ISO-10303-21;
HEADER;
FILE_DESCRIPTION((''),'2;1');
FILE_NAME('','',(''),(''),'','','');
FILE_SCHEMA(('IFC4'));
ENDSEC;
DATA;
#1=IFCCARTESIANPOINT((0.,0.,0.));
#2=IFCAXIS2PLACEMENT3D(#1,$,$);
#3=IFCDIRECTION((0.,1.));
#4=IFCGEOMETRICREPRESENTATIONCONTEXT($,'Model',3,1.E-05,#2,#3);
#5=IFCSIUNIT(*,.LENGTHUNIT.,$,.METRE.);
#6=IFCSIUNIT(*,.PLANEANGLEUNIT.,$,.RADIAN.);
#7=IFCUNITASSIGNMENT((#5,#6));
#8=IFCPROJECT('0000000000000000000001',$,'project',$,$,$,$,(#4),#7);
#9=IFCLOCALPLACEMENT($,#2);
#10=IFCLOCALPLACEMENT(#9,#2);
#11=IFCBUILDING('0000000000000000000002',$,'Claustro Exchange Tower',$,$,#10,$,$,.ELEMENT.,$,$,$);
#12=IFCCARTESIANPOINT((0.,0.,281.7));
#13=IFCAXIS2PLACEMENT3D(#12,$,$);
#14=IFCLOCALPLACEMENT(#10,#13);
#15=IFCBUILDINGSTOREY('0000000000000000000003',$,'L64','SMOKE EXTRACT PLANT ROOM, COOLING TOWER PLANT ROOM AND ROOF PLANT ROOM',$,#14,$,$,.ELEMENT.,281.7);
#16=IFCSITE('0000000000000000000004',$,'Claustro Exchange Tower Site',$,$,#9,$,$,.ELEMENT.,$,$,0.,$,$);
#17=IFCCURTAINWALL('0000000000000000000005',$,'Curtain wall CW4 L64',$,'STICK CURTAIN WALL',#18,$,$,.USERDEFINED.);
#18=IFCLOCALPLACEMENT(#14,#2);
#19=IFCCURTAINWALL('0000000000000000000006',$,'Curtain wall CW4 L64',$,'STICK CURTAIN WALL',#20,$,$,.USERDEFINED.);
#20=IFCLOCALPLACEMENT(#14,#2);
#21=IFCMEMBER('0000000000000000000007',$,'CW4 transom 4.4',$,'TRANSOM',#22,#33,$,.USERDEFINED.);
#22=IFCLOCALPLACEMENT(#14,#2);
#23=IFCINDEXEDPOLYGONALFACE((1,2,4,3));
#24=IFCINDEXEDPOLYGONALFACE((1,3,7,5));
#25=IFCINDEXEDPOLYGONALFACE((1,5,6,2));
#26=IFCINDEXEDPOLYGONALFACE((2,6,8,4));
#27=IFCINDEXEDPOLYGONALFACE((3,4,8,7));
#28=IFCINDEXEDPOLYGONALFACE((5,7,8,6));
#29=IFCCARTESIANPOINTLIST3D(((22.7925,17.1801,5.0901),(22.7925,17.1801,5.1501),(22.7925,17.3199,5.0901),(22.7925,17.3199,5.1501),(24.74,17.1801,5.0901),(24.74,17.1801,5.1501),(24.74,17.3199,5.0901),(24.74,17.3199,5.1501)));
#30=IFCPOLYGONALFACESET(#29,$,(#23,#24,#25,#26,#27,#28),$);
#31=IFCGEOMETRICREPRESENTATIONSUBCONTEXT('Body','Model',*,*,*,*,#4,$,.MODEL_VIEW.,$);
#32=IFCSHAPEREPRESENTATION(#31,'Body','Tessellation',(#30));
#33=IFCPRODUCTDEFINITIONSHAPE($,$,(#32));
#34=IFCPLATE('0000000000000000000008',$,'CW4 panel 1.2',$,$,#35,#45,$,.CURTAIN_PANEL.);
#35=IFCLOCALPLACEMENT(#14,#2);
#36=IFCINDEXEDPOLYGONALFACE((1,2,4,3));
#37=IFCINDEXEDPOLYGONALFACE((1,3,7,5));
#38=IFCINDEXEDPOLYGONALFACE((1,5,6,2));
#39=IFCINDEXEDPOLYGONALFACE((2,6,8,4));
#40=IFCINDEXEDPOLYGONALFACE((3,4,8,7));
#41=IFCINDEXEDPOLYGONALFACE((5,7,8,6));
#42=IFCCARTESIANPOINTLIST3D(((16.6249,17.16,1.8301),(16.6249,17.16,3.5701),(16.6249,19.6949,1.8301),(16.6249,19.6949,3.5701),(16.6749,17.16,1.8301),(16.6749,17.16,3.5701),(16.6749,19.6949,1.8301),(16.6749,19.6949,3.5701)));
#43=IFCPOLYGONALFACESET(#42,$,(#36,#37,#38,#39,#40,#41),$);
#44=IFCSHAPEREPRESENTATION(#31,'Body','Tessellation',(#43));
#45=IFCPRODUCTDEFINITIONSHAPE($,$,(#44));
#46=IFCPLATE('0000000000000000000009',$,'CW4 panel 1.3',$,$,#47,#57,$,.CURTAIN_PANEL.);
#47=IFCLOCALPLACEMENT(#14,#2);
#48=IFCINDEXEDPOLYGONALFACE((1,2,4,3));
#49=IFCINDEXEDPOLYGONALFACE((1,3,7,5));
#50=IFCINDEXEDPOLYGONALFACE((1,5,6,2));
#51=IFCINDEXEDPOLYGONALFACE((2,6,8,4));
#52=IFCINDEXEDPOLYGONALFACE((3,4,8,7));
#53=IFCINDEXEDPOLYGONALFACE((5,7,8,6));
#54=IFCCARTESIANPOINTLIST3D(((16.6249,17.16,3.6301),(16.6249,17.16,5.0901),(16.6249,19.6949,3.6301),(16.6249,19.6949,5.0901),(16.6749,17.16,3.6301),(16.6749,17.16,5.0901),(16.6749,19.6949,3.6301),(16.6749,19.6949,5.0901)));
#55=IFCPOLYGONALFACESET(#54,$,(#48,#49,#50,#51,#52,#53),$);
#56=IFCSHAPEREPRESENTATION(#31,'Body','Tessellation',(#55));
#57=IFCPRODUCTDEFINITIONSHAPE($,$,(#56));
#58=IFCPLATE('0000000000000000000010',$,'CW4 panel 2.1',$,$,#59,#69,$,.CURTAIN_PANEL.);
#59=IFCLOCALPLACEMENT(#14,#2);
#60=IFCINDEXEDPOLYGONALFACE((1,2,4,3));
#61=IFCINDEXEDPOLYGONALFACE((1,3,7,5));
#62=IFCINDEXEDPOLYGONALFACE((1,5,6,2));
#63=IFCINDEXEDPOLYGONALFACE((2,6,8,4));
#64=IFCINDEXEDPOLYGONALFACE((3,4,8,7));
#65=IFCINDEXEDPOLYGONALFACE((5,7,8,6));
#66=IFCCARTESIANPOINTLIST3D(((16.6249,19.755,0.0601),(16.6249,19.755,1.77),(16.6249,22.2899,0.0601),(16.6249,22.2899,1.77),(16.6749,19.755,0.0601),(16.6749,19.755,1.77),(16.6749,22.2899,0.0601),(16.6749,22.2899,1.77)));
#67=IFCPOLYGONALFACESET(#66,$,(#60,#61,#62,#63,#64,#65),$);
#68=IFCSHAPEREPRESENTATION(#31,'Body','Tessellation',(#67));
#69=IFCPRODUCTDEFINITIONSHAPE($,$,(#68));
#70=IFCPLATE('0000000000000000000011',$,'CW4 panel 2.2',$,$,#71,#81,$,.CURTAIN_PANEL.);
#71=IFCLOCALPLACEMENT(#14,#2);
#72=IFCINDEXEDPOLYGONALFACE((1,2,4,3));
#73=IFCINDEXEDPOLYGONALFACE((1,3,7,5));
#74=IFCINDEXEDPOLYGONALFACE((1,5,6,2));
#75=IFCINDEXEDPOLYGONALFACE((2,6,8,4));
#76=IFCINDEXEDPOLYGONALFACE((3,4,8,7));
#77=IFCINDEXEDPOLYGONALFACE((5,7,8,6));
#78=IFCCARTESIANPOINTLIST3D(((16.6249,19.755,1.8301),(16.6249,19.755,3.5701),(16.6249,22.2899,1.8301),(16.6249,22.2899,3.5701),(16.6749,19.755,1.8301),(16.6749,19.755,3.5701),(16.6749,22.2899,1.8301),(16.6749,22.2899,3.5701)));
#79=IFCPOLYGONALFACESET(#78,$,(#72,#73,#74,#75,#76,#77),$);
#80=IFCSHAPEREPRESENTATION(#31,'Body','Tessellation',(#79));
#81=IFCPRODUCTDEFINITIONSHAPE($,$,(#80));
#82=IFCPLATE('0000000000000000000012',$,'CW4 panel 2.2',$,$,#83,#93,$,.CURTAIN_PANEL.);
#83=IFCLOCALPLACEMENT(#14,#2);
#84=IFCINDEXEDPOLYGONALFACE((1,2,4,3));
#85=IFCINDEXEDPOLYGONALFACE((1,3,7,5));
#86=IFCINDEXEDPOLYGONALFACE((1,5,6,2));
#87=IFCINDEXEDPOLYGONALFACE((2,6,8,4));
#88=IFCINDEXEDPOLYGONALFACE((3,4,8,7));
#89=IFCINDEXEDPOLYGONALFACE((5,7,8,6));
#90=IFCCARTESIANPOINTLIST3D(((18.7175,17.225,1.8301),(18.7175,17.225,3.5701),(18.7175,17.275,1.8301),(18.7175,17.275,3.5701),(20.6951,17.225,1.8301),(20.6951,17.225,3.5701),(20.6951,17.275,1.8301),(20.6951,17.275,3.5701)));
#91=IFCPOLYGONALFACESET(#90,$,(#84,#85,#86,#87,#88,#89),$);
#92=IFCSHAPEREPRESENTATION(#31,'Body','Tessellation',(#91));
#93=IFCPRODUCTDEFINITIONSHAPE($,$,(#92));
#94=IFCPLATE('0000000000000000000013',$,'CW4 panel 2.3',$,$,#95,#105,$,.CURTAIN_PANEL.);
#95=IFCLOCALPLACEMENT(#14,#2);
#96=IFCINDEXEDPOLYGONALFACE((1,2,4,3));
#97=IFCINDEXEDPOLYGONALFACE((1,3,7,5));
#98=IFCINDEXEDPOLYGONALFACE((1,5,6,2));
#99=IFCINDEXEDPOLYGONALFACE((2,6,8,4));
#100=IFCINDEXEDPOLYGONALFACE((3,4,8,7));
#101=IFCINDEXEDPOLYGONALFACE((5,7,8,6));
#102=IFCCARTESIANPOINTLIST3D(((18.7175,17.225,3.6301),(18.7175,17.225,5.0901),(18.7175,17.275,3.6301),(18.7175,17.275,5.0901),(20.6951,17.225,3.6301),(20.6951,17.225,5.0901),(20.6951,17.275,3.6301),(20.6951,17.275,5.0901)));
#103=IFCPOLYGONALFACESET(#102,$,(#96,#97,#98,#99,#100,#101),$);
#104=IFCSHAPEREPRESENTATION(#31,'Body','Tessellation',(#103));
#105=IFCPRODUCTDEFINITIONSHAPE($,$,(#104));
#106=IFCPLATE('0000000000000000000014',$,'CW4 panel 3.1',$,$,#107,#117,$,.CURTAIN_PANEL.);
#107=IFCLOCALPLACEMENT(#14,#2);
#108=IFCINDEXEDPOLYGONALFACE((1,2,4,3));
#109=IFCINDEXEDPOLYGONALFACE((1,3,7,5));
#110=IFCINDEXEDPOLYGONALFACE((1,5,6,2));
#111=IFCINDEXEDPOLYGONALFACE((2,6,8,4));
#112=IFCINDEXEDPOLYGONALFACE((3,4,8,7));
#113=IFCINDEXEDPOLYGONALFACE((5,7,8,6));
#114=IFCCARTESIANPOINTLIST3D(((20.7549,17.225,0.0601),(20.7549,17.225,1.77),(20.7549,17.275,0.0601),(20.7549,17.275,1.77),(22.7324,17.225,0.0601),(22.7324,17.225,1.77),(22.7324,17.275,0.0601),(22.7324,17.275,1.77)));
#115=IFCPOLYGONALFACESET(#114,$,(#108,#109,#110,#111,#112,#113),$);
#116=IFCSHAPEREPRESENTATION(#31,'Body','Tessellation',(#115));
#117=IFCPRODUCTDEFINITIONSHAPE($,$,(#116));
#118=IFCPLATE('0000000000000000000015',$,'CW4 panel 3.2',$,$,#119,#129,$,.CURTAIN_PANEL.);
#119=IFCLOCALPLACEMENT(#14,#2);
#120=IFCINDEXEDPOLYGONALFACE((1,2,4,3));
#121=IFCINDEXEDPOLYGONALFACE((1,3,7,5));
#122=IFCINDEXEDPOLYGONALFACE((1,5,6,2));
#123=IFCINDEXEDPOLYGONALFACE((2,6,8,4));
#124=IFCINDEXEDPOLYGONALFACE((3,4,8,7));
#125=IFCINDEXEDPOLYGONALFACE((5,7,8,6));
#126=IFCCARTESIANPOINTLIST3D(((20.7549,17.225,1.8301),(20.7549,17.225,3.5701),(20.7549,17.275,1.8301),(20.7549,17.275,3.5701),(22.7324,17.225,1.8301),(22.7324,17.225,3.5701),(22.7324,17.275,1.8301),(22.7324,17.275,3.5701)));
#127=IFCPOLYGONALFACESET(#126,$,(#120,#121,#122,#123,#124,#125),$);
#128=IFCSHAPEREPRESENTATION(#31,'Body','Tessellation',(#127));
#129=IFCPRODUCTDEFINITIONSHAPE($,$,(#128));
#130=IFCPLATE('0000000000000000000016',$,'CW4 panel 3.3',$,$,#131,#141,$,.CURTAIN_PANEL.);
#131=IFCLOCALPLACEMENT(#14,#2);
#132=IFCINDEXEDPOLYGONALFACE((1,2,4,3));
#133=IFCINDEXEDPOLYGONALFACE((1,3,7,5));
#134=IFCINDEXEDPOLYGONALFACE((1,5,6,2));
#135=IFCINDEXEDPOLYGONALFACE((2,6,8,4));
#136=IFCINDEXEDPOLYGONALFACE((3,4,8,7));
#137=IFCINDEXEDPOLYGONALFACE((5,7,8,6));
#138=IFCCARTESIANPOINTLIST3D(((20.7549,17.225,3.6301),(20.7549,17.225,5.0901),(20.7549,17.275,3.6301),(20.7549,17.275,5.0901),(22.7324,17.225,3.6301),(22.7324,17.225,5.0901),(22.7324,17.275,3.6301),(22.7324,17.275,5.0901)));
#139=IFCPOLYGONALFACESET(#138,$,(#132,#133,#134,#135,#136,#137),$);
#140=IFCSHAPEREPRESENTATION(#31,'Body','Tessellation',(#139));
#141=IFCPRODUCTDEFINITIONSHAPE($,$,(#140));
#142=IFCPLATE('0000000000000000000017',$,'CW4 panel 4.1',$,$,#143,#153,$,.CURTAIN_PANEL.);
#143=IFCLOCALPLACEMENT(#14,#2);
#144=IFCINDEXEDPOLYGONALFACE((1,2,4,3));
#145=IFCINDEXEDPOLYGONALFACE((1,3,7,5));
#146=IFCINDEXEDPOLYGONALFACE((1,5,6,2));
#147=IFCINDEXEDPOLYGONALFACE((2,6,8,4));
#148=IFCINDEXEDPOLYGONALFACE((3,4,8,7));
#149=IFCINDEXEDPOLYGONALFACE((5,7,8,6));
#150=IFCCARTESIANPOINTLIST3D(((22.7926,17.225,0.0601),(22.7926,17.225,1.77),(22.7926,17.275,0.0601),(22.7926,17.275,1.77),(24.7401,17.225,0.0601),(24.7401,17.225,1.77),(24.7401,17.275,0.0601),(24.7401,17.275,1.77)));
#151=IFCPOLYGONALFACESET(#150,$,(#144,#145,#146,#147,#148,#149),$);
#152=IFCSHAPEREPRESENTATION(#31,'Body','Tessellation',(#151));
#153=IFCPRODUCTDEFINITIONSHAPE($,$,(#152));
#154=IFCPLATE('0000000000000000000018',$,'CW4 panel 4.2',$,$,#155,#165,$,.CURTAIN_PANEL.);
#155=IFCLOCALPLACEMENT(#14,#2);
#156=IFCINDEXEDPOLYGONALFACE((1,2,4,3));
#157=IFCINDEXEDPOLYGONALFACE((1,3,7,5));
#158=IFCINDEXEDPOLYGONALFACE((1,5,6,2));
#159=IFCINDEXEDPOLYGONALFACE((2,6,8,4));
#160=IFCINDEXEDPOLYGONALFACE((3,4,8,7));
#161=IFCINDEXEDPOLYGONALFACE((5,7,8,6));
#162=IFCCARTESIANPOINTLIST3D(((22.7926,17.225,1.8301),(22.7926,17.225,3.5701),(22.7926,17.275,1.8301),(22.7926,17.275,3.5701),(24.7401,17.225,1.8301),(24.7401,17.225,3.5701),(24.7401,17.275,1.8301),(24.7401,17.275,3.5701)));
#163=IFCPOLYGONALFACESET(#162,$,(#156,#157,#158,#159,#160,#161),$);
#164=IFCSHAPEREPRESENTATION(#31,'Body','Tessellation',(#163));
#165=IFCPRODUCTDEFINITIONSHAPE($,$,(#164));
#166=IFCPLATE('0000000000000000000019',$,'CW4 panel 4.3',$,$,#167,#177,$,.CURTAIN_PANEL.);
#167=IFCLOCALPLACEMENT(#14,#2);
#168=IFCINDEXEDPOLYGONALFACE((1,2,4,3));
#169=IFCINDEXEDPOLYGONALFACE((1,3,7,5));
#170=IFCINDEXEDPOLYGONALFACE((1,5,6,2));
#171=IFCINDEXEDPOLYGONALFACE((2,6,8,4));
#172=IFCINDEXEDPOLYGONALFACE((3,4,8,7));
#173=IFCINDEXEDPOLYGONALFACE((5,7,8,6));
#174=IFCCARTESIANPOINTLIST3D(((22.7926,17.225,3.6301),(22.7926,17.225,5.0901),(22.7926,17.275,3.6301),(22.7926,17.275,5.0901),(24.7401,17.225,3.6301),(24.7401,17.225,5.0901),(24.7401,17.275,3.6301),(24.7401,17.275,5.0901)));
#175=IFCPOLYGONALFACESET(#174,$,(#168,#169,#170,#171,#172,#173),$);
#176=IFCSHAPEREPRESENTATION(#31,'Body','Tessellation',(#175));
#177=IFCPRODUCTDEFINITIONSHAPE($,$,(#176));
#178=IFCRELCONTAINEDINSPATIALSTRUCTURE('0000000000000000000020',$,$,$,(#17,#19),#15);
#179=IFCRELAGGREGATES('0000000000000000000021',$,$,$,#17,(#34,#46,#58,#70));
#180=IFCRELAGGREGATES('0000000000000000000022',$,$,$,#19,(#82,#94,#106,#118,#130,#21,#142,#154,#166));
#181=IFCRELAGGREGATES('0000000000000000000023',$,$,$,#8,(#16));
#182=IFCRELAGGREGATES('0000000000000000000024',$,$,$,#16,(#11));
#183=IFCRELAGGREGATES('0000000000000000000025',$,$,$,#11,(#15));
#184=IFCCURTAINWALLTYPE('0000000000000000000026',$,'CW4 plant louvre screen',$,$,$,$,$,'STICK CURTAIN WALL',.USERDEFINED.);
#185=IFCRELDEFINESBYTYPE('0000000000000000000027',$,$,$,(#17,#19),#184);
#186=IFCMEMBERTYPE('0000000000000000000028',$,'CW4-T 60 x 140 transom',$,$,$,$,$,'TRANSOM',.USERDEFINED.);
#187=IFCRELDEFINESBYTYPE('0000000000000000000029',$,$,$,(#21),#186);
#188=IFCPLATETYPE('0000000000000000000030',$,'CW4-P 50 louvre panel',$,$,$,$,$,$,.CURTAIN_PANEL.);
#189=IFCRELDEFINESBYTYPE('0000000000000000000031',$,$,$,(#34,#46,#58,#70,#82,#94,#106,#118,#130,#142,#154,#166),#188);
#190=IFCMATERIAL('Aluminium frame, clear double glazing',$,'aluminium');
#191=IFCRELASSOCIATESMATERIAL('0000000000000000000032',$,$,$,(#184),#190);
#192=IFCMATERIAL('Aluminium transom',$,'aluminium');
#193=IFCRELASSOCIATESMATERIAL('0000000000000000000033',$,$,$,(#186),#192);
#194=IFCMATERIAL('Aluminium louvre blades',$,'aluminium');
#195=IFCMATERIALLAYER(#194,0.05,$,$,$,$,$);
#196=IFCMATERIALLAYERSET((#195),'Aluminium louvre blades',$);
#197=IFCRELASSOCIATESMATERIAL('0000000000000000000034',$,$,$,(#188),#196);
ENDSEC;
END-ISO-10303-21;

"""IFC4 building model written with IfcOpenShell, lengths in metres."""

from ifc_helpers import new_model, si_unit, direction, frame, origin, origin_2d, place, context, subcontext, project, spatial, rectangle, extrude, material, layer, layer_set, material_profile, profile_set, type_object, element, aggregate, save


model = new_model("IFC4")

# Units and contexts
model_context = context("Model", 3, precision=1e-05, world=origin(), true_north=direction((0.0, 1.0)))
body_context = subcontext(model_context, "Body", "Model", "MODEL_VIEW")
ifc_project = project(units=[si_unit("LENGTHUNIT", "METRE"), si_unit("PLANEANGLEUNIT", "RADIAN")], contexts=[model_context])

# Site, building, storey
site_placement = place(None, origin())
site = spatial("IfcSite", under=ifc_project, at=site_placement, Name="Claustro Exchange Tower Site", CompositionType="ELEMENT", RefElevation=0.0)
building_placement = place(site_placement, origin())
building = spatial("IfcBuilding", under=site, at=building_placement, Name="Claustro Exchange Tower", CompositionType="ELEMENT")
storey_placement = place(building_placement, frame((0.0, 0.0, 281.7)))
storey = spatial("IfcBuildingStorey", under=building, at=storey_placement, Name="L64", Description="SMOKE EXTRACT PLANT ROOM, COOLING TOWER PLANT ROOM AND ROOF PLANT ROOM", CompositionType="ELEMENT", Elevation=281.7)

# Curtain wall
ifc_material_1 = material(Name="Aluminium frame, clear double glazing", Category="aluminium")
curtain_wall_type = type_object("IfcCurtainWallType", Name="CW4 plant louvre screen", ElementType="STICK CURTAIN WALL", PredefinedType="USERDEFINED", material=ifc_material_1)
curtain_wall_1_placement = place(storey_placement, origin())
curtain_wall_1 = element("IfcCurtainWall", 1, at=curtain_wall_1_placement, inside=storey, type_object=curtain_wall_type, Name="Curtain wall CW4 L64", ObjectType="STICK CURTAIN WALL", PredefinedType="USERDEFINED")

# Curtain wall
curtain_wall_2_placement = place(storey_placement, origin())
curtain_wall_2 = element("IfcCurtainWall", 2, at=curtain_wall_2_placement, inside=storey, type_object=curtain_wall_type, Name="Curtain wall CW4 L64", ObjectType="STICK CURTAIN WALL", PredefinedType="USERDEFINED")

# Member
ifc_material_2 = material(Name="Aluminium transom", Category="aluminium")
ifc_material_profile_1 = material_profile(ifc_material_2, rectangle(XDim=0.1399, YDim=0.0601, at=origin_2d()), Name="CW4-T 60x140")
ifc_profile_set_1 = profile_set([ifc_material_profile_1], Name="Aluminium transom")
member_type_1 = type_object("IfcMemberType", Name="CW4-T 60 x 140 transom", ElementType="TRANSOM", PredefinedType="USERDEFINED", material=ifc_profile_set_1)
member_1_placement = place(storey_placement, frame((22.7925, 17.25, 5.1201), z_axis=(1.0, 0.0, 0.0), x_axis=(0.0, 1.0, 0.0)))
member_1 = element("IfcMember", 3, at=member_1_placement, type_object=member_type_1, Name="CW4 transom 4.4", ObjectType="TRANSOM", PredefinedType="USERDEFINED", context=body_context, shape_type="SweptSolid", body=[
    extrude(rectangle(XDim=0.1399, YDim=0.0601, at=origin_2d()), origin(), (0.0, 0.0, 1.0), 1.9475),
])

# Plates
ifc_material_3 = material(Name="Aluminium louvre blades", Category="aluminium")
ifc_layer = layer(ifc_material_3, 0.05)
ifc_layer_set = layer_set([ifc_layer], Name="Aluminium louvre blades")
plate_type = type_object("IfcPlateType", Name="CW4-P 50 louvre panel", PredefinedType="CURTAIN_PANEL", material=ifc_layer_set)
plate_1_placement = place(storey_placement, frame((16.6499, 18.4275, 1.8301), z_axis=(0.0, 0.0, 1.0), x_axis=(0.0, 1.0, 0.0)))
plate_1 = element("IfcPlate", 4, at=plate_1_placement, type_object=plate_type, Name="CW4 panel 1.2", PredefinedType="CURTAIN_PANEL", context=body_context, shape_type="SweptSolid", body=[
    extrude(rectangle(XDim=2.5349, YDim=0.05, at=origin_2d()), origin(), (0.0, 0.0, 1.0), 1.74),
])
plate_2_placement = place(storey_placement, frame((16.6499, 18.4275, 3.6301), z_axis=(0.0, 0.0, 1.0), x_axis=(0.0, 1.0, 0.0)))
plate_2 = element("IfcPlate", 5, at=plate_2_placement, type_object=plate_type, Name="CW4 panel 1.3", PredefinedType="CURTAIN_PANEL", context=body_context, shape_type="SweptSolid", body=[
    extrude(rectangle(XDim=2.5349, YDim=0.05, at=origin_2d()), origin(), (0.0, 0.0, 1.0), 1.46),
])
plate_3_placement = place(storey_placement, frame((16.6499, 21.0225, 0.0601), z_axis=(0.0, 0.0, 1.0), x_axis=(0.0, 1.0, 0.0)))
plate_3 = element("IfcPlate", 6, at=plate_3_placement, type_object=plate_type, Name="CW4 panel 2.1", PredefinedType="CURTAIN_PANEL", context=body_context, shape_type="SweptSolid", body=[
    extrude(rectangle(XDim=2.5349, YDim=0.05, at=origin_2d()), origin(), (0.0, 0.0, 1.0), 1.71),
])
plate_4_placement = place(storey_placement, frame((16.6499, 21.0225, 1.8301), z_axis=(0.0, 0.0, 1.0), x_axis=(0.0, 1.0, 0.0)))
plate_4 = element("IfcPlate", 7, at=plate_4_placement, type_object=plate_type, Name="CW4 panel 2.2", PredefinedType="CURTAIN_PANEL", context=body_context, shape_type="SweptSolid", body=[
    extrude(rectangle(XDim=2.5349, YDim=0.05, at=origin_2d()), origin(), (0.0, 0.0, 1.0), 1.74),
])
aggregate(curtain_wall_1, [plate_1, plate_2, plate_3, plate_4])
plate_5_placement = place(storey_placement, frame((19.7063, 17.25, 1.8301), z_axis=(0.0, 0.0, 1.0), x_axis=(1.0, 0.0, 0.0)))
plate_5 = element("IfcPlate", 8, at=plate_5_placement, type_object=plate_type, Name="CW4 panel 2.2", PredefinedType="CURTAIN_PANEL", context=body_context, shape_type="SweptSolid", body=[
    extrude(rectangle(XDim=1.9775, YDim=0.05, at=origin_2d()), origin(), (0.0, 0.0, 1.0), 1.74),
])
plate_6_placement = place(storey_placement, frame((19.7063, 17.25, 3.6301), z_axis=(0.0, 0.0, 1.0), x_axis=(1.0, 0.0, 0.0)))
plate_6 = element("IfcPlate", 9, at=plate_6_placement, type_object=plate_type, Name="CW4 panel 2.3", PredefinedType="CURTAIN_PANEL", context=body_context, shape_type="SweptSolid", body=[
    extrude(rectangle(XDim=1.9775, YDim=0.05, at=origin_2d()), origin(), (0.0, 0.0, 1.0), 1.46),
])
plate_7_placement = place(storey_placement, frame((21.7437, 17.25, 0.0601), z_axis=(0.0, 0.0, 1.0), x_axis=(1.0, 0.0, 0.0)))
plate_7 = element("IfcPlate", 10, at=plate_7_placement, type_object=plate_type, Name="CW4 panel 3.1", PredefinedType="CURTAIN_PANEL", context=body_context, shape_type="SweptSolid", body=[
    extrude(rectangle(XDim=1.9775, YDim=0.05, at=origin_2d()), origin(), (0.0, 0.0, 1.0), 1.71),
])
plate_8_placement = place(storey_placement, frame((21.7437, 17.25, 1.8301), z_axis=(0.0, 0.0, 1.0), x_axis=(1.0, 0.0, 0.0)))
plate_8 = element("IfcPlate", 11, at=plate_8_placement, type_object=plate_type, Name="CW4 panel 3.2", PredefinedType="CURTAIN_PANEL", context=body_context, shape_type="SweptSolid", body=[
    extrude(rectangle(XDim=1.9775, YDim=0.05, at=origin_2d()), origin(), (0.0, 0.0, 1.0), 1.74),
])
plate_9_placement = place(storey_placement, frame((21.7437, 17.25, 3.6301), z_axis=(0.0, 0.0, 1.0), x_axis=(1.0, 0.0, 0.0)))
plate_9 = element("IfcPlate", 12, at=plate_9_placement, type_object=plate_type, Name="CW4 panel 3.3", PredefinedType="CURTAIN_PANEL", context=body_context, shape_type="SweptSolid", body=[
    extrude(rectangle(XDim=1.9775, YDim=0.05, at=origin_2d()), origin(), (0.0, 0.0, 1.0), 1.46),
])
plate_10_placement = place(storey_placement, frame((23.7664, 17.25, 0.0601), z_axis=(0.0, 0.0, 1.0), x_axis=(1.0, 0.0, 0.0)))
plate_10 = element("IfcPlate", 13, at=plate_10_placement, type_object=plate_type, Name="CW4 panel 4.1", PredefinedType="CURTAIN_PANEL", context=body_context, shape_type="SweptSolid", body=[
    extrude(rectangle(XDim=1.9475, YDim=0.05, at=origin_2d()), origin(), (0.0, 0.0, 1.0), 1.71),
])
plate_11_placement = place(storey_placement, frame((23.7664, 17.25, 1.8301), z_axis=(0.0, 0.0, 1.0), x_axis=(1.0, 0.0, 0.0)))
plate_11 = element("IfcPlate", 14, at=plate_11_placement, type_object=plate_type, Name="CW4 panel 4.2", PredefinedType="CURTAIN_PANEL", context=body_context, shape_type="SweptSolid", body=[
    extrude(rectangle(XDim=1.9475, YDim=0.05, at=origin_2d()), origin(), (0.0, 0.0, 1.0), 1.74),
])
plate_12_placement = place(storey_placement, frame((23.7664, 17.25, 3.6301), z_axis=(0.0, 0.0, 1.0), x_axis=(1.0, 0.0, 0.0)))
plate_12 = element("IfcPlate", 15, at=plate_12_placement, type_object=plate_type, Name="CW4 panel 4.3", PredefinedType="CURTAIN_PANEL", context=body_context, shape_type="SweptSolid", body=[
    extrude(rectangle(XDim=1.9475, YDim=0.05, at=origin_2d()), origin(), (0.0, 0.0, 1.0), 1.46),
])
aggregate(curtain_wall_2, [plate_5, plate_6, plate_7, plate_8, plate_9, member_1, plate_10, plate_11, plate_12])

save(model, "model.ifc")
